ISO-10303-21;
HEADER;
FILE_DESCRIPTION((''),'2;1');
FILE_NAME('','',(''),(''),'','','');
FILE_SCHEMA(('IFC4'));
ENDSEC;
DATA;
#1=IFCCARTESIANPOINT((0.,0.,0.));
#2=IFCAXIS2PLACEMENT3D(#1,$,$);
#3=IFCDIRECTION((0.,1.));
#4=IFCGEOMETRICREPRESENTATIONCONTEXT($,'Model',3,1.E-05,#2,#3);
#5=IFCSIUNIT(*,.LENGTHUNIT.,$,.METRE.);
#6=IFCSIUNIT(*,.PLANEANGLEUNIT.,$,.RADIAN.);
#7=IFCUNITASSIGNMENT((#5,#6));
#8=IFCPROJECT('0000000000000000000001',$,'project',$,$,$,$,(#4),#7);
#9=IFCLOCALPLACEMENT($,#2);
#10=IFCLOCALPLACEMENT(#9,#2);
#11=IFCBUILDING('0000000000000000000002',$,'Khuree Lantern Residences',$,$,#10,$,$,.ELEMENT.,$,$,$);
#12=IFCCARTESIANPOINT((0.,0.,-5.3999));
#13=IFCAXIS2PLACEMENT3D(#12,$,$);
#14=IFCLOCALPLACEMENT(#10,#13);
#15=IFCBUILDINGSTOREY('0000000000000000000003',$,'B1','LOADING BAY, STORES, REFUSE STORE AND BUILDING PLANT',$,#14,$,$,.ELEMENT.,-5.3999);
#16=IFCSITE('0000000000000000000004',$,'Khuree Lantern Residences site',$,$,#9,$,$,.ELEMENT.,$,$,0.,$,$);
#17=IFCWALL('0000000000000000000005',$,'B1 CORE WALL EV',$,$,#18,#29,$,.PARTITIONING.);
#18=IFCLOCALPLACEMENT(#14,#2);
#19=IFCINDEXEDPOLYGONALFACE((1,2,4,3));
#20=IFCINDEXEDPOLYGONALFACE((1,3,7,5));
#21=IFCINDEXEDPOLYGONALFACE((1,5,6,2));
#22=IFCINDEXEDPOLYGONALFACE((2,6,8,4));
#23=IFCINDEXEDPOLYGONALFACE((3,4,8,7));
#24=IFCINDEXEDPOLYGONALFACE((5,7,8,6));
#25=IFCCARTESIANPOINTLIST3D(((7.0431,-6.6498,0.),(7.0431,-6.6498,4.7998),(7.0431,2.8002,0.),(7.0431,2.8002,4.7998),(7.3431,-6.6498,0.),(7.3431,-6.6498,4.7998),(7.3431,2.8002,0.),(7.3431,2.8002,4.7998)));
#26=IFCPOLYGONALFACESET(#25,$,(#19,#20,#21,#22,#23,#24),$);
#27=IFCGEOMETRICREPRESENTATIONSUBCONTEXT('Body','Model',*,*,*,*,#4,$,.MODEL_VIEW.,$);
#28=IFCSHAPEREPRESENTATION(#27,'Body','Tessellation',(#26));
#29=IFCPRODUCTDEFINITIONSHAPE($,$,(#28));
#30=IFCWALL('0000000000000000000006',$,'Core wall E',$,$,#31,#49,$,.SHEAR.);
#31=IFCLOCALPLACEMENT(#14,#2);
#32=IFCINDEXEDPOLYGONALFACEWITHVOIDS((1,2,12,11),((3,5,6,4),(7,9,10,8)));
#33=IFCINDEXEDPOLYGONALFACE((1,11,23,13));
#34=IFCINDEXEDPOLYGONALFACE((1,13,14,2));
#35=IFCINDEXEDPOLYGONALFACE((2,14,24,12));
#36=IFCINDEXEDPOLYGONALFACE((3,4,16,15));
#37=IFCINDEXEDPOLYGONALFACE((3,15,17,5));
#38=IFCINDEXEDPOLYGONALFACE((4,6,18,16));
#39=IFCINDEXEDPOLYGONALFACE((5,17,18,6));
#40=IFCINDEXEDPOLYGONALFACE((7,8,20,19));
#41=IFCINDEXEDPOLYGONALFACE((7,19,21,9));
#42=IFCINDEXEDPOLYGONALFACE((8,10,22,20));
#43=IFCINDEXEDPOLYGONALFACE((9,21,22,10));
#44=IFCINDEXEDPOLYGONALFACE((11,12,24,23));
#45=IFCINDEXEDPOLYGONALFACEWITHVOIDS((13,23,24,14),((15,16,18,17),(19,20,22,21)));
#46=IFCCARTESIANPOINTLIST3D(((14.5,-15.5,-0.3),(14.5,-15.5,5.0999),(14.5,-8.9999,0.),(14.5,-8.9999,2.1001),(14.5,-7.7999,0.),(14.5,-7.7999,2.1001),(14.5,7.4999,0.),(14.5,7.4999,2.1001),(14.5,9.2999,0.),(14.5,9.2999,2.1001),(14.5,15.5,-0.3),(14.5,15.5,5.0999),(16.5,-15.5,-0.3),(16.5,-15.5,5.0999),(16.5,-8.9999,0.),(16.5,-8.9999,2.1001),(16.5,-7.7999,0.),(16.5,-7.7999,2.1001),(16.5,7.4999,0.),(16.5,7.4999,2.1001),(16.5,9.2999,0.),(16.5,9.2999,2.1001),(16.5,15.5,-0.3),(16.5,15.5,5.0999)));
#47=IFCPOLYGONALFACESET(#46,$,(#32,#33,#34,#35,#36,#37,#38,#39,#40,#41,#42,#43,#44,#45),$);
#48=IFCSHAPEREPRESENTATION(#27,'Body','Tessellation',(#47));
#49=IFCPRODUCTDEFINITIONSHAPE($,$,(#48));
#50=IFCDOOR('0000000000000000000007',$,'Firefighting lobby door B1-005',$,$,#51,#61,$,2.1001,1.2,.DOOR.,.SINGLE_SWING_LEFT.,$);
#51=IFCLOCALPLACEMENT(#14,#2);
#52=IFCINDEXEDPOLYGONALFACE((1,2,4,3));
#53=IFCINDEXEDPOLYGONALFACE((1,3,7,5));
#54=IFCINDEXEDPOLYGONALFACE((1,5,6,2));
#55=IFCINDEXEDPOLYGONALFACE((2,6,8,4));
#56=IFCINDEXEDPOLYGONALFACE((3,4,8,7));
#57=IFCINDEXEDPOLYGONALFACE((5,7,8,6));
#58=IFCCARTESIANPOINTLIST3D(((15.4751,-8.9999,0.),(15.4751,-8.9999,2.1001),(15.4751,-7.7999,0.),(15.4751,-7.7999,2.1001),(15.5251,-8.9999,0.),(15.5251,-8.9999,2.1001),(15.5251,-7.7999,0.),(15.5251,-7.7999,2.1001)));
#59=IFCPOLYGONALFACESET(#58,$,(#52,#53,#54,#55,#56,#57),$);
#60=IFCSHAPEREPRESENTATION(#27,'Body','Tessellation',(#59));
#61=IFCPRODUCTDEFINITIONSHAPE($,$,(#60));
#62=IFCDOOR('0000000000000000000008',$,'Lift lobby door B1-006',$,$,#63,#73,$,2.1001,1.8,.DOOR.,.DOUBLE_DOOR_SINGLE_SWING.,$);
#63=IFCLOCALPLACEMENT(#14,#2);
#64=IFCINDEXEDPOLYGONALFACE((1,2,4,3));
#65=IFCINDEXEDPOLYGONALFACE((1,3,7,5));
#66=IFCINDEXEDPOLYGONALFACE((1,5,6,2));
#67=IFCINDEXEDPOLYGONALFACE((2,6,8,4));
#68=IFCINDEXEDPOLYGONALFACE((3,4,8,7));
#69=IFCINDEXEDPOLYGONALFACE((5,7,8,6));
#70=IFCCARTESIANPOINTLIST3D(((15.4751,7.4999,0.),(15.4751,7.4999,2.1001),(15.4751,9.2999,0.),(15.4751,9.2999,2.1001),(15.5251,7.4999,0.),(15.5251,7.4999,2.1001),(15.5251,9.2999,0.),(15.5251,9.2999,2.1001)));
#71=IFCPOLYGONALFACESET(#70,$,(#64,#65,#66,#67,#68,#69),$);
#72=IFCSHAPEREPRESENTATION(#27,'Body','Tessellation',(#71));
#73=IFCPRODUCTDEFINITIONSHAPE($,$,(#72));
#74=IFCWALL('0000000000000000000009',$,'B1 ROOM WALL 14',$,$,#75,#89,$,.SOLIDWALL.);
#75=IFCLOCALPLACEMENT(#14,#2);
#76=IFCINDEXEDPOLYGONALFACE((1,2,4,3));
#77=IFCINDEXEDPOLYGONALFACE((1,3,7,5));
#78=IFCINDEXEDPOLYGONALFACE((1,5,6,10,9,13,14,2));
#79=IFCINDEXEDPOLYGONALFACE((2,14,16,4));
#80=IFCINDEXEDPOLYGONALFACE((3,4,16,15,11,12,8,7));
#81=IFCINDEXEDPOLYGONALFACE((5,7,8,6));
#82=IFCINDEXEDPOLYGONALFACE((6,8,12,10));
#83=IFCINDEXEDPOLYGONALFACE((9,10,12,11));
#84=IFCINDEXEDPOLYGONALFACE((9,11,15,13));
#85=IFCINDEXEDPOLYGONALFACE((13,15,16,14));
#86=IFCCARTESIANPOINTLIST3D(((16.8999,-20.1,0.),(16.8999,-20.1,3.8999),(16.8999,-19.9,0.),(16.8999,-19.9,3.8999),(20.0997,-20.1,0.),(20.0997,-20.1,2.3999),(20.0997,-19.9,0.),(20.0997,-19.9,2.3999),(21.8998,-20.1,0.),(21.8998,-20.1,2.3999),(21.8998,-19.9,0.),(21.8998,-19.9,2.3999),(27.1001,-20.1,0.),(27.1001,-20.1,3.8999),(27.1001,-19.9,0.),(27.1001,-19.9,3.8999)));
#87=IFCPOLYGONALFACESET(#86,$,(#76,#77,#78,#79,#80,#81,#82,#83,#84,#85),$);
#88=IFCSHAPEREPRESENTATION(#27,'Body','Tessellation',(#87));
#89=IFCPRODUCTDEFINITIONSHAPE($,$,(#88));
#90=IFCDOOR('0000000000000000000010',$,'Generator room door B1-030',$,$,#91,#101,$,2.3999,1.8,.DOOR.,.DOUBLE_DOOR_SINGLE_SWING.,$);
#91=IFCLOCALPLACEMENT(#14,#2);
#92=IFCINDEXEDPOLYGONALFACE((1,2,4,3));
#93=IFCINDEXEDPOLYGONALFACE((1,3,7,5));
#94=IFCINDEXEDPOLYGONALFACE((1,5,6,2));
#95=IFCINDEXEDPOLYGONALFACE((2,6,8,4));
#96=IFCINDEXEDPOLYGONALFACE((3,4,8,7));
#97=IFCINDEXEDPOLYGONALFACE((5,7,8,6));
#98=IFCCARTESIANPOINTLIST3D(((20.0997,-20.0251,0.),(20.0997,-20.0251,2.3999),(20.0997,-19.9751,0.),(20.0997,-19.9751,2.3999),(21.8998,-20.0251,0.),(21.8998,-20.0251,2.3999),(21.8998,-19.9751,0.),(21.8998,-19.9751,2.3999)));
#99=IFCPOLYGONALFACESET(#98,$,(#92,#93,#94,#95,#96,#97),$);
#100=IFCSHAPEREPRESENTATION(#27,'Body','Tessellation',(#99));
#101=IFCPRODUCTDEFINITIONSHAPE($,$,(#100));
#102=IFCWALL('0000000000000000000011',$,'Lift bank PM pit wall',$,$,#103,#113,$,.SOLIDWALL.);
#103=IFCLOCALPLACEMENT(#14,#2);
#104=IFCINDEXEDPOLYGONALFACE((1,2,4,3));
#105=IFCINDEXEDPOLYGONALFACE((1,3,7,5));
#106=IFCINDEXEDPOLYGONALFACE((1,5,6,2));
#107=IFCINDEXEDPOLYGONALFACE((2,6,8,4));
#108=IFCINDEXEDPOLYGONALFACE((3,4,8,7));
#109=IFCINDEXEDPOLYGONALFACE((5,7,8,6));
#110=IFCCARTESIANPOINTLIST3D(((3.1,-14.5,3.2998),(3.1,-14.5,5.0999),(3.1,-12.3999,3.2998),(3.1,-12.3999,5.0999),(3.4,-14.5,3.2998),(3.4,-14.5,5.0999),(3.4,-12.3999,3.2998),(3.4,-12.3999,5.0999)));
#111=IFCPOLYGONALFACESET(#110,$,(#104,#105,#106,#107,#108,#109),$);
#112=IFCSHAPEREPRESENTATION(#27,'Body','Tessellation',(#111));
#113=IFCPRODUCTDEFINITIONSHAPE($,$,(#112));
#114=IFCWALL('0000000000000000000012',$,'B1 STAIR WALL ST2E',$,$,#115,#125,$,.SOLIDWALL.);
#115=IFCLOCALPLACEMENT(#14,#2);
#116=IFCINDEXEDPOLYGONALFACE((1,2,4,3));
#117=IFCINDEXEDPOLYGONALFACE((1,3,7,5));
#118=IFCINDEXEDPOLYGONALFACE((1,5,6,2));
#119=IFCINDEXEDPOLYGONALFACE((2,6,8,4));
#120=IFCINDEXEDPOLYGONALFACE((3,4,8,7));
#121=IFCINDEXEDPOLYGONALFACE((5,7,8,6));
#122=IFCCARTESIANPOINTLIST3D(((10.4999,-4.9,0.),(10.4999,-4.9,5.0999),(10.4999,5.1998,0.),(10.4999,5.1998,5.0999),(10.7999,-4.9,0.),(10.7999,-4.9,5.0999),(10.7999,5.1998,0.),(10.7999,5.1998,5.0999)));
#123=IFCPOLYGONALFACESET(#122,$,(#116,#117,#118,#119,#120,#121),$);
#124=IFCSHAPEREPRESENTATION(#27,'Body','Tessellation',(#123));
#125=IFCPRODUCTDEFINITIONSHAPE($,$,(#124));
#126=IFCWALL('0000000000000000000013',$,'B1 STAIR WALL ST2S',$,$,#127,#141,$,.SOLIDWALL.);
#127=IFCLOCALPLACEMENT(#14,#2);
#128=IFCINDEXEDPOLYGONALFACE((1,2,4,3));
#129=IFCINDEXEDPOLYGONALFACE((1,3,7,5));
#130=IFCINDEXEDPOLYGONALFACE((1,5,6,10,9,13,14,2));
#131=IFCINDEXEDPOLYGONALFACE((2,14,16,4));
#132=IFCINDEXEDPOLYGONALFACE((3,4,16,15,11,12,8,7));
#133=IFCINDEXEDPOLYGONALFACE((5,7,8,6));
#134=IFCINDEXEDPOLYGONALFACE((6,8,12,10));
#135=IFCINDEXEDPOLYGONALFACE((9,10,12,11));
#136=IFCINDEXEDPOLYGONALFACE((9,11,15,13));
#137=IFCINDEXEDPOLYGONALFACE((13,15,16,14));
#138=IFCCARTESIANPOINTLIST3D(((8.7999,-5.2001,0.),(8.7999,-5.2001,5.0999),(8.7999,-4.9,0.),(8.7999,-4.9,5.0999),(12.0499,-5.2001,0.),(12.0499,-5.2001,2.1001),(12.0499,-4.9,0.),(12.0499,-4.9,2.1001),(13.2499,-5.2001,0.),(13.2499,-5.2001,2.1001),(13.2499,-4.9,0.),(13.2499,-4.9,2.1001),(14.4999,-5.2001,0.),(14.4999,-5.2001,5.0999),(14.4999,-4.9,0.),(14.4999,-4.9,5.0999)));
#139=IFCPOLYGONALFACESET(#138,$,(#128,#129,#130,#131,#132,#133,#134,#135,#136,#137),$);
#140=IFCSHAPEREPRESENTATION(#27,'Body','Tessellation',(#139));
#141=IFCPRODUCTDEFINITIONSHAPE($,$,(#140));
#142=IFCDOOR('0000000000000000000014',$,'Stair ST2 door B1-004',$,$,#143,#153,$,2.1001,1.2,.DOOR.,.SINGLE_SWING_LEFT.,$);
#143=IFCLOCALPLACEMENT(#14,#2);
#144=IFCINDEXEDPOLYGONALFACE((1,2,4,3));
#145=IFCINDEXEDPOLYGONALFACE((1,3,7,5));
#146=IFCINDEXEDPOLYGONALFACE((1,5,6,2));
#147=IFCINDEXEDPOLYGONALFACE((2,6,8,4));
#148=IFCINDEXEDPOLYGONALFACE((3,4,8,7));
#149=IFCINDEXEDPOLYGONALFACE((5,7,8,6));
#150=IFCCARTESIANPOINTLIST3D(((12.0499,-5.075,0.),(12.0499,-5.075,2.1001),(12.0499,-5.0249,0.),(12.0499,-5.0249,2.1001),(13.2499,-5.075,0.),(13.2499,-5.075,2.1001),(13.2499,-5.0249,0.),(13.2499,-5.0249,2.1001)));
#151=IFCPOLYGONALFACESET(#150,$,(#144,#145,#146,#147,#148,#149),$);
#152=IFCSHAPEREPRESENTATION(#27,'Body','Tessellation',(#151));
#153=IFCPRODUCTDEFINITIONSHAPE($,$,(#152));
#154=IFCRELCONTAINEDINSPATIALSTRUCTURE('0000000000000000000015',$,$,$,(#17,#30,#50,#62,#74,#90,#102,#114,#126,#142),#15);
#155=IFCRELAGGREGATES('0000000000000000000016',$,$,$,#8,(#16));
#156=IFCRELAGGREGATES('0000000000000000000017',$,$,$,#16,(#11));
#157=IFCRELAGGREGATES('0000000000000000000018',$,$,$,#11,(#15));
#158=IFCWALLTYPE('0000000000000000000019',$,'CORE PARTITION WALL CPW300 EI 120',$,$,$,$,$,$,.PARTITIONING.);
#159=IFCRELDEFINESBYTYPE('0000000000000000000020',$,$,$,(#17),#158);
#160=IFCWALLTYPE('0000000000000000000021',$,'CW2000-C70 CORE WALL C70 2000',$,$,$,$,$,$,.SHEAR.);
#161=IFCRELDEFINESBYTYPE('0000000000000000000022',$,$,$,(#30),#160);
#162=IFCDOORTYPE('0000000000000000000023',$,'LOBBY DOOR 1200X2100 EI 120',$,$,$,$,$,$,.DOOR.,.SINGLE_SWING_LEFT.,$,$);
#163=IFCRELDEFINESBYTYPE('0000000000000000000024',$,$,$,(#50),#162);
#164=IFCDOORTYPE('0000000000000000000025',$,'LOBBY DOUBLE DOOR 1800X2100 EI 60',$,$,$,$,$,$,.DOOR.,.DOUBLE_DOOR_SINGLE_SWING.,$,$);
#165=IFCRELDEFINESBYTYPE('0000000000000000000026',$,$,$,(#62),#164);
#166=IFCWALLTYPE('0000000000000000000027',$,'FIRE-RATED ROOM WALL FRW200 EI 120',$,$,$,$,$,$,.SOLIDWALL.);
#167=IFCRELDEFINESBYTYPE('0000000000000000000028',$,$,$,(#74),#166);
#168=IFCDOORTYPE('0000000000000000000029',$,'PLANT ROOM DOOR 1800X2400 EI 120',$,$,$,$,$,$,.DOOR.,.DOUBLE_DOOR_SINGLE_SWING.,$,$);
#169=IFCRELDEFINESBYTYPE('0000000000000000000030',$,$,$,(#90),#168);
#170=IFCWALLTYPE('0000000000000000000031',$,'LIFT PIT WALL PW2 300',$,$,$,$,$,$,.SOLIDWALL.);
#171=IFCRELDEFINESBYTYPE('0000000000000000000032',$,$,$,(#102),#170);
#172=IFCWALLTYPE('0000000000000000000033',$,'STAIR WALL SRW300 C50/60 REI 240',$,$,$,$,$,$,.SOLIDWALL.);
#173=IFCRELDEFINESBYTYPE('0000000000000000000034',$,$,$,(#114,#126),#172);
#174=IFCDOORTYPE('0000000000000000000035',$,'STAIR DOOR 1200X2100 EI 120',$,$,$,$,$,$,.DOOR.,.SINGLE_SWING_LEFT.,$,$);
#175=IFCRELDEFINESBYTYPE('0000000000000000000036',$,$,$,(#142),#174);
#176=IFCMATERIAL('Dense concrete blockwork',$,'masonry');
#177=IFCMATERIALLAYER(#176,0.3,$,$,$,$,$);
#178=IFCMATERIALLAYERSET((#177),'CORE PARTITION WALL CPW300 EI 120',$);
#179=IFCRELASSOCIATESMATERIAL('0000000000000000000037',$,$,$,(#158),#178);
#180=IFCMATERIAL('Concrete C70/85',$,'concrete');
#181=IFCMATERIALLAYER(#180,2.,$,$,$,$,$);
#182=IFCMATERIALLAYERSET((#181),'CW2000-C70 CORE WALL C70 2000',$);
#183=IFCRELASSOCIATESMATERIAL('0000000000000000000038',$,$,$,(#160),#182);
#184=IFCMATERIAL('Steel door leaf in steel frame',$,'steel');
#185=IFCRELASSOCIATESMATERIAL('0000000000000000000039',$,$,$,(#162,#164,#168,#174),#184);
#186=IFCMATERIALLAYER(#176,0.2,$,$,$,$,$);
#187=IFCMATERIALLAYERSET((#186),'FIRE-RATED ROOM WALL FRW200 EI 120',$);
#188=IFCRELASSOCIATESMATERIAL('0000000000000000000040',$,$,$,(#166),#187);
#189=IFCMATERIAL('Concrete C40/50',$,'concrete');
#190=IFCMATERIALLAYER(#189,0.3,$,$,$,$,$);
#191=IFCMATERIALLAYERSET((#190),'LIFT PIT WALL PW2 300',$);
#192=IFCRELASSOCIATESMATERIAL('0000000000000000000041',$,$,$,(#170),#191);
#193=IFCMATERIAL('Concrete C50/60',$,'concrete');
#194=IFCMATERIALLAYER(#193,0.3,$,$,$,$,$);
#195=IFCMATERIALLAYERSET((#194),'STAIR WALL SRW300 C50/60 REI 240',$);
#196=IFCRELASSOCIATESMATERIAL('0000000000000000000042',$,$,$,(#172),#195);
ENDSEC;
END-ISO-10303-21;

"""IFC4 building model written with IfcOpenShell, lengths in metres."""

from ifc_helpers import new_model, si_unit, direction, frame, frame_2d, origin, place, context, subcontext, project, spatial, rectangle, extrude, material, layer, layer_set, type_object, element, fill, save


model = new_model("IFC4")

# Units and contexts
model_context = context("Model", 3, precision=1e-05, world=origin(), true_north=direction((0.0, 1.0)))
body_context = subcontext(model_context, "Body", "Model", "MODEL_VIEW")
ifc_project = project(units=[si_unit("LENGTHUNIT", "METRE"), si_unit("PLANEANGLEUNIT", "RADIAN")], contexts=[model_context])

# Site, building, storey
site_placement = place(None, origin())
site = spatial("IfcSite", under=ifc_project, at=site_placement, Name="Khuree Lantern Residences site", CompositionType="ELEMENT", RefElevation=0.0)
building_placement = place(site_placement, origin())
building = spatial("IfcBuilding", under=site, at=building_placement, Name="Khuree Lantern Residences", CompositionType="ELEMENT")
storey_placement = place(building_placement, frame((0.0, 0.0, -5.3999)))
storey = spatial("IfcBuildingStorey", under=building, at=storey_placement, Name="B1", Description="LOADING BAY, STORES, REFUSE STORE AND BUILDING PLANT", CompositionType="ELEMENT", Elevation=-5.3999)

# Shared definitions
ifc_material_1 = material(Name="Concrete C70/85", Category="concrete")

# Shared definitions
ifc_material_2 = material(Name="Concrete C40/50", Category="concrete")

# Shared definitions
ifc_material_3 = material(Name="Dense concrete blockwork", Category="masonry")
ifc_layer_1 = layer(ifc_material_3, 0.3)
ifc_layer_set_1 = layer_set([ifc_layer_1], Name="CORE PARTITION WALL CPW300 EI 120")
wall_type_1 = type_object("IfcWallType", Name="CORE PARTITION WALL CPW300 EI 120", PredefinedType="PARTITIONING", material=ifc_layer_set_1)

# Wall
wall_1_placement = place(storey_placement, frame((7.1931, -6.6499, 0.0), z_axis=(0.0, 0.0, 1.0), x_axis=(0.0, 1.0, 0.0)))
element("IfcWall", 1, at=wall_1_placement, inside=storey, type_object=wall_type_1, Name="B1 CORE WALL EV", PredefinedType="PARTITIONING", context=body_context, shape_type="SweptSolid", body=[
    extrude(rectangle(XDim=9.45, YDim=0.3, at=frame_2d((4.7251, 0.0))), origin(), (0.0, 0.0, 1.0), 4.7998),
])

# Wall, openings, doors
ifc_layer_2 = layer(ifc_material_1, 2.0)
ifc_layer_set_2 = layer_set([ifc_layer_2], Name="CW2000-C70 CORE WALL C70 2000")
wall_type_2 = type_object("IfcWallType", Name="CW2000-C70 CORE WALL C70 2000", PredefinedType="SHEAR", material=ifc_layer_set_2)
wall_2_placement = place(storey_placement, frame((15.5, -15.5, -0.3), z_axis=(0.0, 0.0, 1.0), x_axis=(0.0, 1.0, 0.0)))
wall_2 = element("IfcWall", 2, at=wall_2_placement, inside=storey, type_object=wall_type_2, Name="Core wall E", PredefinedType="SHEAR", context=body_context, shape_type="SweptSolid", body=[
    extrude(rectangle(XDim=31.0, YDim=2.0, at=frame_2d((15.5, 0.0))), origin(), (0.0, 0.0, 1.0), 5.3999),
])
opening_1_placement = place(wall_2_placement, frame((6.5, 0.0, 0.3)))
opening_1 = element("IfcOpeningElement", 3, at=opening_1_placement, cuts=wall_2, PredefinedType="OPENING", context=body_context, shape_type="SweptSolid", body=[
    extrude(rectangle(XDim=1.2, YDim=2.1001, at=frame_2d((0.6001, 1.05))), frame((0.0, 1.01, 0.0), z_axis=(0.0, -1.0, 0.0), x_axis=(1.0, 0.0, 0.0)), (0.0, 0.0, 1.0), 2.02),
])
opening_2_placement = place(wall_2_placement, frame((23.0, 0.0, 0.3)))
opening_2 = element("IfcOpeningElement", 4, at=opening_2_placement, cuts=wall_2, PredefinedType="OPENING", context=body_context, shape_type="SweptSolid", body=[
    extrude(rectangle(XDim=1.8, YDim=2.1001, at=frame_2d((0.8999, 1.05))), frame((0.0, 1.01, 0.0), z_axis=(0.0, -1.0, 0.0), x_axis=(1.0, 0.0, 0.0)), (0.0, 0.0, 1.0), 2.02),
])
ifc_material_4 = material(Name="Steel door leaf in steel frame", Category="steel")
door_type_1 = type_object("IfcDoorType", Name="LOBBY DOOR 1200X2100 EI 120", OperationType="SINGLE_SWING_LEFT", PredefinedType="DOOR", material=ifc_material_4)
door_1_placement = place(opening_1_placement, origin())
door_1 = element("IfcDoor", 5, at=door_1_placement, inside=storey, type_object=door_type_1, Name="Firefighting lobby door B1-005", OperationType="SINGLE_SWING_LEFT", OverallHeight=2.1001, OverallWidth=1.2, PredefinedType="DOOR", context=body_context, shape_type="SweptSolid", body=[
    extrude(rectangle(XDim=1.2, YDim=2.1001, at=frame_2d((0.6001, 1.05))), frame((0.0, 0.0249, 0.0), z_axis=(0.0, -1.0, 0.0), x_axis=(1.0, 0.0, 0.0)), (0.0, 0.0, 1.0), 0.05),
])
fill(opening_1, door_1)
door_type_2 = type_object("IfcDoorType", Name="LOBBY DOUBLE DOOR 1800X2100 EI 60", OperationType="DOUBLE_DOOR_SINGLE_SWING", PredefinedType="DOOR", material=ifc_material_4)
door_2_placement = place(opening_2_placement, origin())
door_2 = element("IfcDoor", 6, at=door_2_placement, inside=storey, type_object=door_type_2, Name="Lift lobby door B1-006", OperationType="DOUBLE_DOOR_SINGLE_SWING", OverallHeight=2.1001, OverallWidth=1.8, PredefinedType="DOOR", context=body_context, shape_type="SweptSolid", body=[
    extrude(rectangle(XDim=1.8, YDim=2.1001, at=frame_2d((0.8999, 1.05))), frame((0.0, 0.0249, 0.0), z_axis=(0.0, -1.0, 0.0), x_axis=(1.0, 0.0, 0.0)), (0.0, 0.0, 1.0), 0.05),
])
fill(opening_2, door_2)

# Wall, opening, door
ifc_layer_3 = layer(ifc_material_3, 0.2)
ifc_layer_set_3 = layer_set([ifc_layer_3], Name="FIRE-RATED ROOM WALL FRW200 EI 120")
wall_type_3 = type_object("IfcWallType", Name="FIRE-RATED ROOM WALL FRW200 EI 120", PredefinedType="SOLIDWALL", material=ifc_layer_set_3)
wall_3_placement = place(storey_placement, frame((16.8999, -20.0, 0.0), z_axis=(0.0, 0.0, 1.0), x_axis=(1.0, 0.0, 0.0)))
wall_3 = element("IfcWall", 7, at=wall_3_placement, inside=storey, type_object=wall_type_3, Name="B1 ROOM WALL 14", PredefinedType="SOLIDWALL", context=body_context, shape_type="SweptSolid", body=[
    extrude(rectangle(XDim=10.2002, YDim=0.2, at=frame_2d((5.1001, 0.0))), origin(), (0.0, 0.0, 1.0), 3.8999),
])
opening_3_placement = place(wall_3_placement, frame((3.2, 0.0, 0.0)))
opening_3 = element("IfcOpeningElement", 8, at=opening_3_placement, cuts=wall_3, PredefinedType="OPENING", context=body_context, shape_type="SweptSolid", body=[
    extrude(rectangle(XDim=1.8, YDim=2.3999, at=frame_2d((0.8999, 1.2))), frame((0.0, 0.1099, 0.0), z_axis=(0.0, -1.0, 0.0), x_axis=(1.0, 0.0, 0.0)), (0.0, 0.0, 1.0), 0.22),
])
door_type_3 = type_object("IfcDoorType", Name="PLANT ROOM DOOR 1800X2400 EI 120", OperationType="DOUBLE_DOOR_SINGLE_SWING", PredefinedType="DOOR", material=ifc_material_4)
door_3_placement = place(opening_3_placement, origin())
door_3 = element("IfcDoor", 9, at=door_3_placement, inside=storey, type_object=door_type_3, Name="Generator room door B1-030", OperationType="DOUBLE_DOOR_SINGLE_SWING", OverallHeight=2.3999, OverallWidth=1.8, PredefinedType="DOOR", context=body_context, shape_type="SweptSolid", body=[
    extrude(rectangle(XDim=1.8, YDim=2.3999, at=frame_2d((0.8999, 1.2))), frame((0.0, 0.0249, 0.0), z_axis=(0.0, -1.0, 0.0), x_axis=(1.0, 0.0, 0.0)), (0.0, 0.0, 1.0), 0.05),
])
fill(opening_3, door_3)

# Walls
ifc_layer_4 = layer(ifc_material_2, 0.3)
ifc_layer_set_4 = layer_set([ifc_layer_4], Name="LIFT PIT WALL PW2 300")
wall_type_4 = type_object("IfcWallType", Name="LIFT PIT WALL PW2 300", PredefinedType="SOLIDWALL", material=ifc_layer_set_4)
wall_4_placement = place(storey_placement, frame((3.25, -14.5, 3.2998), z_axis=(0.0, 0.0, 1.0), x_axis=(0.0, 1.0, 0.0)))
element("IfcWall", 10, at=wall_4_placement, inside=storey, type_object=wall_type_4, Name="Lift bank PM pit wall", PredefinedType="SOLIDWALL", context=body_context, shape_type="SweptSolid", body=[
    extrude(rectangle(XDim=2.1001, YDim=0.3, at=frame_2d((1.05, 0.0))), origin(), (0.0, 0.0, 1.0), 1.8),
])
ifc_material_5 = material(Name="Concrete C50/60", Category="concrete")
ifc_layer_5 = layer(ifc_material_5, 0.3)
ifc_layer_set_5 = layer_set([ifc_layer_5], Name="STAIR WALL SRW300 C50/60 REI 240")
wall_type_5 = type_object("IfcWallType", Name="STAIR WALL SRW300 C50/60 REI 240", PredefinedType="SOLIDWALL", material=ifc_layer_set_5)
wall_5_placement = place(storey_placement, frame((10.6499, -4.8999, 0.0), z_axis=(0.0, 0.0, 1.0), x_axis=(0.0, 1.0, 0.0)))
element("IfcWall", 11, at=wall_5_placement, inside=storey, type_object=wall_type_5, Name="B1 STAIR WALL ST2E", PredefinedType="SOLIDWALL", context=body_context, shape_type="SweptSolid", body=[
    extrude(rectangle(XDim=10.0999, YDim=0.3, at=frame_2d((5.0498, 0.0))), origin(), (0.0, 0.0, 1.0), 5.0999),
])

# Wall, opening, door
wall_6_placement = place(storey_placement, frame((14.5, -5.05, 0.0), z_axis=(0.0, 0.0, 1.0), x_axis=(-1.0, 0.0, 0.0)))
wall_6 = element("IfcWall", 12, at=wall_6_placement, inside=storey, type_object=wall_type_5, Name="B1 STAIR WALL ST2S", PredefinedType="SOLIDWALL", context=body_context, shape_type="SweptSolid", body=[
    extrude(rectangle(XDim=5.7, YDim=0.3, at=frame_2d((2.8501, 0.0))), origin(), (0.0, 0.0, 1.0), 5.0999),
])
opening_4_placement = place(wall_6_placement, frame((1.25, 0.0, 0.0)))
opening_4 = element("IfcOpeningElement", 13, at=opening_4_placement, cuts=wall_6, PredefinedType="OPENING", context=body_context, shape_type="SweptSolid", body=[
    extrude(rectangle(XDim=1.2, YDim=2.1001, at=frame_2d((0.6001, 1.05))), frame((0.0, 0.1602, 0.0), z_axis=(0.0, -1.0, 0.0), x_axis=(1.0, 0.0, 0.0)), (0.0, 0.0, 1.0), 0.3201),
])
door_type_4 = type_object("IfcDoorType", Name="STAIR DOOR 1200X2100 EI 120", OperationType="SINGLE_SWING_LEFT", PredefinedType="DOOR", material=ifc_material_4)
door_4_placement = place(opening_4_placement, origin())
door_4 = element("IfcDoor", 14, at=door_4_placement, inside=storey, type_object=door_type_4, Name="Stair ST2 door B1-004", OperationType="SINGLE_SWING_LEFT", OverallHeight=2.1001, OverallWidth=1.2, PredefinedType="DOOR", context=body_context, shape_type="SweptSolid", body=[
    extrude(rectangle(XDim=1.2, YDim=2.1001, at=frame_2d((0.6001, 1.05))), frame((0.0, 0.0249, 0.0), z_axis=(0.0, -1.0, 0.0), x_axis=(1.0, 0.0, 0.0)), (0.0, 0.0, 1.0), 0.05),
])
fill(opening_4, door_4)

save(model, "model.ifc")
